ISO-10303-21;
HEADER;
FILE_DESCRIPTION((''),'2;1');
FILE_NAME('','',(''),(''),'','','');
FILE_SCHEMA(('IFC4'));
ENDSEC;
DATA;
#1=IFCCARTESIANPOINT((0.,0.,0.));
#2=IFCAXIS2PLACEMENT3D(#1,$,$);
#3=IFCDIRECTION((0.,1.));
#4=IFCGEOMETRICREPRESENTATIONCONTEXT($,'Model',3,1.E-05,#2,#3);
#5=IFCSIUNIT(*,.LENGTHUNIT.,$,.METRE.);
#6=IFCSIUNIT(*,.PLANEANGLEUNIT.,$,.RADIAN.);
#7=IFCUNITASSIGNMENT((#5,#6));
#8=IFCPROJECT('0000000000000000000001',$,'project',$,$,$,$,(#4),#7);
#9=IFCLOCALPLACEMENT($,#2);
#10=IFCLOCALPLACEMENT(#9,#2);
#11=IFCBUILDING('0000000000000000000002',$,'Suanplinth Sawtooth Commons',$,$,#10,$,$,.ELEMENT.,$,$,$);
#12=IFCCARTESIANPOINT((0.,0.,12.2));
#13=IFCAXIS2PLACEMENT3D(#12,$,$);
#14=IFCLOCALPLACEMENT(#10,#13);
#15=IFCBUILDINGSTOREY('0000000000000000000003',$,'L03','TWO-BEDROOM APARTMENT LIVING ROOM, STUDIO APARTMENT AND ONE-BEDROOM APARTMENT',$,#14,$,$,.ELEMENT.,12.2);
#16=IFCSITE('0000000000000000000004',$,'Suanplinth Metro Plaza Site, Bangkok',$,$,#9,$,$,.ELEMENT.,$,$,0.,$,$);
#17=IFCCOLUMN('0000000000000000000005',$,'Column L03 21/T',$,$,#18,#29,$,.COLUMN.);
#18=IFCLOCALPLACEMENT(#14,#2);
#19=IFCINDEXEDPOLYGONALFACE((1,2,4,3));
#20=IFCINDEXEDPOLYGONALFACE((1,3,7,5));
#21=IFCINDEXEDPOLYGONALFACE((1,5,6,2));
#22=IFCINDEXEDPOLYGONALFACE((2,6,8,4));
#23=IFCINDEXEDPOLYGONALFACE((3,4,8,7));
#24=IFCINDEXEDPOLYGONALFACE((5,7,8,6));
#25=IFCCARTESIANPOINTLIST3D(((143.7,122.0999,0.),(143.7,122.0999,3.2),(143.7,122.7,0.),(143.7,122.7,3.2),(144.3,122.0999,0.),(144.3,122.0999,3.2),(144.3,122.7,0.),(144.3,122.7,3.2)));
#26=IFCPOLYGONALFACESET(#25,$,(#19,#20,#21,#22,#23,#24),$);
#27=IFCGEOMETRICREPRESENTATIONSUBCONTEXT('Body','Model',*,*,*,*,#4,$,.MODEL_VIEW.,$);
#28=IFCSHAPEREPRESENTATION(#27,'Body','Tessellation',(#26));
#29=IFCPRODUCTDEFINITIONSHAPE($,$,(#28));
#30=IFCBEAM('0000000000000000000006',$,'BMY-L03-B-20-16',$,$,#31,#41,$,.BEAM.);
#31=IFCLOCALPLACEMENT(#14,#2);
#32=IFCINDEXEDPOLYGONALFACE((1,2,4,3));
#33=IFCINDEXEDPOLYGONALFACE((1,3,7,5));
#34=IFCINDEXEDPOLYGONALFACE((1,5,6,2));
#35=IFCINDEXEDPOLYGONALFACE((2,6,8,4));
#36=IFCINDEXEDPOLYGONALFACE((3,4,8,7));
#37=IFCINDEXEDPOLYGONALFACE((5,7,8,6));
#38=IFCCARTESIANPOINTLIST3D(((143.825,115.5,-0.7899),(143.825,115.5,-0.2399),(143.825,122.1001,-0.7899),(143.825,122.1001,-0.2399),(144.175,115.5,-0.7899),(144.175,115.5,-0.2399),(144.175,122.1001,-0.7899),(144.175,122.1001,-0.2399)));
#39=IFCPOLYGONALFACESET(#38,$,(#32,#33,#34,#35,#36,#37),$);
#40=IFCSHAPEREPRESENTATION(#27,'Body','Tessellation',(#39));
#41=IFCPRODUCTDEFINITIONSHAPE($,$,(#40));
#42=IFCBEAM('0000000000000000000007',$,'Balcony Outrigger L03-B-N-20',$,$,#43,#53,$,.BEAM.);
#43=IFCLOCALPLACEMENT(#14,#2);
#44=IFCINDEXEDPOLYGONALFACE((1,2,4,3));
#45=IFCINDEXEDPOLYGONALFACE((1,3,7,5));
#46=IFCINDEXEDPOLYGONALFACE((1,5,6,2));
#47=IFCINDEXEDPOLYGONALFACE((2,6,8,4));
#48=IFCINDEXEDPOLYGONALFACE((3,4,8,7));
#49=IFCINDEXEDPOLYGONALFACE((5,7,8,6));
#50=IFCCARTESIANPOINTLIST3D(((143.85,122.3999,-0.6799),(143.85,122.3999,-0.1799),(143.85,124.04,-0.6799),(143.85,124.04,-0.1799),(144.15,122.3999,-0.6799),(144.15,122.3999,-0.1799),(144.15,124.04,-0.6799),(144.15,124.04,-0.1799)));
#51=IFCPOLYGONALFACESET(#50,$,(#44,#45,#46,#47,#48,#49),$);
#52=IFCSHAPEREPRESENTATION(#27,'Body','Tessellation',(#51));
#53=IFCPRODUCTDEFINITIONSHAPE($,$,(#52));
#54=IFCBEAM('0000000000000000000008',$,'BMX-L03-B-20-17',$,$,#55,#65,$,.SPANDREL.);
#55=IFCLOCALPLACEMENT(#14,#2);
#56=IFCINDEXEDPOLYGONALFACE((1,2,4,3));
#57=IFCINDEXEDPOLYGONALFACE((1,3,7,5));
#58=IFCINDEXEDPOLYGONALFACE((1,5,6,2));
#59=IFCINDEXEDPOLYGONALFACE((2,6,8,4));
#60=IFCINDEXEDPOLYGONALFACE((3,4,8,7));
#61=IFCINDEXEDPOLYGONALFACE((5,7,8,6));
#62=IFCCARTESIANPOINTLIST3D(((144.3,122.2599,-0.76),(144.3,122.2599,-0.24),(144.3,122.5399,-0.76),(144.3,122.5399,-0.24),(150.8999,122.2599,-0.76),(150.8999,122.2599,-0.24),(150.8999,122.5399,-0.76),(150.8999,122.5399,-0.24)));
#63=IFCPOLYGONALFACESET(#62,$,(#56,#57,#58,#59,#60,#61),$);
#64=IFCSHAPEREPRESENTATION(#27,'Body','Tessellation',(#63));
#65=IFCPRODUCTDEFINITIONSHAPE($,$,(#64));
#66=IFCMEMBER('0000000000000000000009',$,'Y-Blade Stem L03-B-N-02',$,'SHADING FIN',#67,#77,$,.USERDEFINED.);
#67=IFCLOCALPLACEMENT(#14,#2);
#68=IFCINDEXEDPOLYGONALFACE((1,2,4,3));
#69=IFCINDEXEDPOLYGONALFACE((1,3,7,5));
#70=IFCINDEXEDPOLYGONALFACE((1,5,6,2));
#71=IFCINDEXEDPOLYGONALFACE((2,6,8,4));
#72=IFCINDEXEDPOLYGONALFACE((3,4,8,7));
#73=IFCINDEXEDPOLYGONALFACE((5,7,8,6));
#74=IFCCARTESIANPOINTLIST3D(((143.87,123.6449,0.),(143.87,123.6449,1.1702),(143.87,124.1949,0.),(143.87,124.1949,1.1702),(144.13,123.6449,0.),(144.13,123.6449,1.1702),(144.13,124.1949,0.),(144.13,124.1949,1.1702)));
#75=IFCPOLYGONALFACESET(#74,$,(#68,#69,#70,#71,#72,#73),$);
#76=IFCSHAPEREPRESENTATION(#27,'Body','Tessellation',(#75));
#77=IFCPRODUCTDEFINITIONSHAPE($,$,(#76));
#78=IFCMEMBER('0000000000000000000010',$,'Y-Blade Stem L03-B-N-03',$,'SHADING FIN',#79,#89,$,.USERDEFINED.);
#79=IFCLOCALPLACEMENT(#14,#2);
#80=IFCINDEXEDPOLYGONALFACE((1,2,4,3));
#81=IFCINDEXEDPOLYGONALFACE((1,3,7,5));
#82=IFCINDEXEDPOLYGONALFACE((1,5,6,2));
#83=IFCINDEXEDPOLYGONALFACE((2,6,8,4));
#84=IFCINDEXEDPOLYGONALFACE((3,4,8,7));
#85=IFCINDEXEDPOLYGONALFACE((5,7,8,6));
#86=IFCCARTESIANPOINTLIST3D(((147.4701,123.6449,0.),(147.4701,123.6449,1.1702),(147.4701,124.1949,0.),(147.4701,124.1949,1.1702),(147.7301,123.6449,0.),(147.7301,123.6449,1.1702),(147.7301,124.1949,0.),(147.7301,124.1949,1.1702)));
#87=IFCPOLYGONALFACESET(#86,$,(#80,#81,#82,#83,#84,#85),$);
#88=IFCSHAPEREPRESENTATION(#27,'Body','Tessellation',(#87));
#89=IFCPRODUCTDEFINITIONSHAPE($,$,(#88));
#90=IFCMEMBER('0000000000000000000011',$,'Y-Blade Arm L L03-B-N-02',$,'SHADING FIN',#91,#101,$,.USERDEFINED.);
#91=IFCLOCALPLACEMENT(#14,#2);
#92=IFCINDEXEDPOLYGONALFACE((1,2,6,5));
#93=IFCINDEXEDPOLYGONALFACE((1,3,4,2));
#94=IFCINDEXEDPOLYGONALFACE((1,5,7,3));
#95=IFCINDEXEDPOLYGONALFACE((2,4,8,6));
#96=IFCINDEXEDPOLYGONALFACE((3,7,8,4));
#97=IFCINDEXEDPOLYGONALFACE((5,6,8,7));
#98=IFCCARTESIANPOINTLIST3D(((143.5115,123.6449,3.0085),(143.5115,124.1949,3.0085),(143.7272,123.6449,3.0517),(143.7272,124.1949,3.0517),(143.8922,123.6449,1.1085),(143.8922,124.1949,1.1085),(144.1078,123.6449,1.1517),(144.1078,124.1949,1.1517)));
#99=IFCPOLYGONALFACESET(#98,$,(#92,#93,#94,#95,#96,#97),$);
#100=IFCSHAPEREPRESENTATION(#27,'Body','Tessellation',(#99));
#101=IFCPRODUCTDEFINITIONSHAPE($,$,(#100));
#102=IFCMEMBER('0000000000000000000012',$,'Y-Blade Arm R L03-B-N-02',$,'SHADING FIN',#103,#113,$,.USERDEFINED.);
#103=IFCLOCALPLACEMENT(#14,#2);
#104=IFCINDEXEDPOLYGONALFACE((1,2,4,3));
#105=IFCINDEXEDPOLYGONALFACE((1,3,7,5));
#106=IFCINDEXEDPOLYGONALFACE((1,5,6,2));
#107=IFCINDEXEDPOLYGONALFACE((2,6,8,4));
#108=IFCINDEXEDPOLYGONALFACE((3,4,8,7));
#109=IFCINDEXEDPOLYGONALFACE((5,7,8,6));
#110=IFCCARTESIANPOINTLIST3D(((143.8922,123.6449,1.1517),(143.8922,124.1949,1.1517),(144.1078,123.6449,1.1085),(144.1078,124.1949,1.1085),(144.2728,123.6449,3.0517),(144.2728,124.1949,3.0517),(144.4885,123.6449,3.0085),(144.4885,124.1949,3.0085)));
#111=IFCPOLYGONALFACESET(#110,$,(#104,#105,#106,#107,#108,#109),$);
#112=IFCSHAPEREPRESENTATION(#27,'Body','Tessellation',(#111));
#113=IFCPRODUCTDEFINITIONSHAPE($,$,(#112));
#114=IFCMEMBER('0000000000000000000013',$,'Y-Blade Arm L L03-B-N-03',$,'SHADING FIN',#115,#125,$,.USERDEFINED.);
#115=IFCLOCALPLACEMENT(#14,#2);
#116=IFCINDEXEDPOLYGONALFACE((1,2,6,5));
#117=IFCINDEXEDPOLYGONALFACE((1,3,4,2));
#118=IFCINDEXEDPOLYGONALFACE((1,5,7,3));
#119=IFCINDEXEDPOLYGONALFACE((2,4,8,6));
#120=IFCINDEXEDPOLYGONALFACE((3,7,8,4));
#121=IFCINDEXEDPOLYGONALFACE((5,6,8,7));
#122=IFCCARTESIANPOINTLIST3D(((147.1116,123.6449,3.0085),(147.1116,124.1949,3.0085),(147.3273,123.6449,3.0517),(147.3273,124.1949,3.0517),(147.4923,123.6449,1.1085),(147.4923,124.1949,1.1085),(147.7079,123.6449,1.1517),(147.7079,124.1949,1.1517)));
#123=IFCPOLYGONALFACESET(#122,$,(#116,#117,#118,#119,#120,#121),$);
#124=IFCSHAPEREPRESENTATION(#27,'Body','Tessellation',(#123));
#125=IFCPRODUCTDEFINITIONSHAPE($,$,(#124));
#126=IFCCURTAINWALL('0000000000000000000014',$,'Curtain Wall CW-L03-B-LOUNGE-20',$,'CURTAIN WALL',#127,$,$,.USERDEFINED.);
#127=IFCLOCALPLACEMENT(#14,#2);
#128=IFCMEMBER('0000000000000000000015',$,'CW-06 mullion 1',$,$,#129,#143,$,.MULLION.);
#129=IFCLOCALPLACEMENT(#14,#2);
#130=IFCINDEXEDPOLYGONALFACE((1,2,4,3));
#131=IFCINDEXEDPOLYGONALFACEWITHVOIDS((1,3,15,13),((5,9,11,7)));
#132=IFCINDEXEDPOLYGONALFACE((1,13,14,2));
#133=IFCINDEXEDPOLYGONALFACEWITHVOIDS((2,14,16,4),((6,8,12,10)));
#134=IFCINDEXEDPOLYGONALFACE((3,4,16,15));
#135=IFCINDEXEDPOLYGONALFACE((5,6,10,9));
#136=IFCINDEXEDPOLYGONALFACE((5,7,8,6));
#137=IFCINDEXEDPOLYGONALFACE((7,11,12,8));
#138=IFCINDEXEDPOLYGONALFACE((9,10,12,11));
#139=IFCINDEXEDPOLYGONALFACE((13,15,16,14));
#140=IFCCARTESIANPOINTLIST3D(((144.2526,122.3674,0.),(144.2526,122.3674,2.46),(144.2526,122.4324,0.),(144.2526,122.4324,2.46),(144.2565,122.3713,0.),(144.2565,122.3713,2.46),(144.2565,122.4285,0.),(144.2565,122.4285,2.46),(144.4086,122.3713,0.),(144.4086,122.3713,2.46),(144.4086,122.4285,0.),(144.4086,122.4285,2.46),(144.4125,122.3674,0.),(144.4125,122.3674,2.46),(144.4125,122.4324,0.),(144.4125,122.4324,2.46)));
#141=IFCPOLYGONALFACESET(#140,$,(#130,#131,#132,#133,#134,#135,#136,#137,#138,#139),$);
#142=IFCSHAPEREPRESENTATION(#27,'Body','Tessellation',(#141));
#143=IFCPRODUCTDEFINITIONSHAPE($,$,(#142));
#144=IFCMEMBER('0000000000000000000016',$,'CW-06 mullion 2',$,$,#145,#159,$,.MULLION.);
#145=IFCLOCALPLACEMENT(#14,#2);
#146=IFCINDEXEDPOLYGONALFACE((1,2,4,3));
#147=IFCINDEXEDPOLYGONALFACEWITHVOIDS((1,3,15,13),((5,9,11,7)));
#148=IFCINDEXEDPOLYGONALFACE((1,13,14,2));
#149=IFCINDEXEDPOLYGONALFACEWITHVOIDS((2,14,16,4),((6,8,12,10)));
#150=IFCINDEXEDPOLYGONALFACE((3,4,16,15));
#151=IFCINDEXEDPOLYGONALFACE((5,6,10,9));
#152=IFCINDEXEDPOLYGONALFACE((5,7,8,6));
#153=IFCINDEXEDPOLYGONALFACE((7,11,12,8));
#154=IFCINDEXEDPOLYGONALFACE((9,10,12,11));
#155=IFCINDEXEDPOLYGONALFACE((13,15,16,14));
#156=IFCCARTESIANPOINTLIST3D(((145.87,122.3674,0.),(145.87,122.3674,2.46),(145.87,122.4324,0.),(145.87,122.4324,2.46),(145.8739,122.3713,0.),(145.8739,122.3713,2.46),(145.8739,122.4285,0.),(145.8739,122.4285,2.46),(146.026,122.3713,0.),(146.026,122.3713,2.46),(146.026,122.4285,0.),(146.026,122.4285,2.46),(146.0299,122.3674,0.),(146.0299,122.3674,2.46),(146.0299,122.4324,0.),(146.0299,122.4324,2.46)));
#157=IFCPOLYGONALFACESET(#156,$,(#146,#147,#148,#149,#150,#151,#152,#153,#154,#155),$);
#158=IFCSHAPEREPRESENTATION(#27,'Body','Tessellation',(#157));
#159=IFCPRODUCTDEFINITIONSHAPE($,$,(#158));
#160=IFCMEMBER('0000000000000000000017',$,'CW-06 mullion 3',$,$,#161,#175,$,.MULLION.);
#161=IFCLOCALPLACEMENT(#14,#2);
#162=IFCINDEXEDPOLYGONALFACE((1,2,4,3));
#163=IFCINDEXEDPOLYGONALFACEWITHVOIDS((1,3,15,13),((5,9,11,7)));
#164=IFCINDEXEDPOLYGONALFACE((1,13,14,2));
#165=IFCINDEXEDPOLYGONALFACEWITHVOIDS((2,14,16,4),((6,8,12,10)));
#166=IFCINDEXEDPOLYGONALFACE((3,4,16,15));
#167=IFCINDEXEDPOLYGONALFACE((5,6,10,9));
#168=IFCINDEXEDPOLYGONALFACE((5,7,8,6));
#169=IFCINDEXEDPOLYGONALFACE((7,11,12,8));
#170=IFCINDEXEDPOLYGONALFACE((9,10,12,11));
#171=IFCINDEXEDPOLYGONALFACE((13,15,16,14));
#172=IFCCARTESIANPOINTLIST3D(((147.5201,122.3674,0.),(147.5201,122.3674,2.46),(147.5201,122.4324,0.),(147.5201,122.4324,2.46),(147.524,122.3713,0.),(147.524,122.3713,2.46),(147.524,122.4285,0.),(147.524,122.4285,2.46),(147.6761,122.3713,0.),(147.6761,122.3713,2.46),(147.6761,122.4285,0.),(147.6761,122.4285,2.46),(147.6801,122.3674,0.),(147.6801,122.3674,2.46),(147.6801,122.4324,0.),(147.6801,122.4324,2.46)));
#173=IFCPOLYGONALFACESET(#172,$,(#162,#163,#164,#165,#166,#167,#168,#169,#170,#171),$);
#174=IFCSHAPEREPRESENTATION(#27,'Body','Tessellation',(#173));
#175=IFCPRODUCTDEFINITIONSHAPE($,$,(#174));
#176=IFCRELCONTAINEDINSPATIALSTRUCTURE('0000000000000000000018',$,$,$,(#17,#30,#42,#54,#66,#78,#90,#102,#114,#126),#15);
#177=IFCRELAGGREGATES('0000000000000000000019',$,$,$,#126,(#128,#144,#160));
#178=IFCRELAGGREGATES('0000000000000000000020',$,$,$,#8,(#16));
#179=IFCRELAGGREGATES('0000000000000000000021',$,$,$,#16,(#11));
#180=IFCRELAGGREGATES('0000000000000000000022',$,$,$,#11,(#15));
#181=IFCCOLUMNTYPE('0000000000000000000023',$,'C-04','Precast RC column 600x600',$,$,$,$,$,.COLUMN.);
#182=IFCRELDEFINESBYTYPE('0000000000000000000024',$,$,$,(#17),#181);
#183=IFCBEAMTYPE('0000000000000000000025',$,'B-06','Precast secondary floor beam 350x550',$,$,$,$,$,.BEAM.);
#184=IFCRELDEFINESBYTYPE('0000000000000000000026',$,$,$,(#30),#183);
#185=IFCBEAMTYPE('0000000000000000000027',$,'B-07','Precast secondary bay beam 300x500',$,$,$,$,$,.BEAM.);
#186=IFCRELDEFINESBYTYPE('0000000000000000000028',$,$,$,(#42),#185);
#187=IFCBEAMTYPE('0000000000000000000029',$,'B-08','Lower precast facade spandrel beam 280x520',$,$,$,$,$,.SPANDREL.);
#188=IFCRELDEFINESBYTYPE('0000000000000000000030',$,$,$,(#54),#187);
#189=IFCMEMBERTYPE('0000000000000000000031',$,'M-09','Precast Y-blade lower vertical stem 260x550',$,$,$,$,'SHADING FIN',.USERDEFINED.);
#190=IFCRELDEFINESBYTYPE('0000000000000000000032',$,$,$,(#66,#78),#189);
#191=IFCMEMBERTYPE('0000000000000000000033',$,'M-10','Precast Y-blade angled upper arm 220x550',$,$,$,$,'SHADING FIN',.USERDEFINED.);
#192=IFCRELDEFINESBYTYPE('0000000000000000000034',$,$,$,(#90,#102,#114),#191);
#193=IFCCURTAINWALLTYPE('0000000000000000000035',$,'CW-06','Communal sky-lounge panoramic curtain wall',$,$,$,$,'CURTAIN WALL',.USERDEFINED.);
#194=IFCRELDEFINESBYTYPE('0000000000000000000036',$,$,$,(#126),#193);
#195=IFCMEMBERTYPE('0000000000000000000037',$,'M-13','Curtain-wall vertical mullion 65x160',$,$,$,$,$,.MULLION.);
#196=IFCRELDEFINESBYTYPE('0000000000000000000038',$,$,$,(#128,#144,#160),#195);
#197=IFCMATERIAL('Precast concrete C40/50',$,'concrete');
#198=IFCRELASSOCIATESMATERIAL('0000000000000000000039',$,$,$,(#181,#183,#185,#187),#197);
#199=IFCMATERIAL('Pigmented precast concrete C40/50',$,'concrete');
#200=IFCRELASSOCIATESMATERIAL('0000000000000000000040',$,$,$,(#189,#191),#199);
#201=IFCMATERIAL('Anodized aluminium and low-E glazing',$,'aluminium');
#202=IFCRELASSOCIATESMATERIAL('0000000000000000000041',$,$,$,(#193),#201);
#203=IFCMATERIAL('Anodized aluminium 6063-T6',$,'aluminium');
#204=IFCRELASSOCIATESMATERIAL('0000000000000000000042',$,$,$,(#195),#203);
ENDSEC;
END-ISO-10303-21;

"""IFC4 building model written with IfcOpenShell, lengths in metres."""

from ifc_helpers import new_model, si_unit, direction, frame, origin, origin_2d, place, context, subcontext, project, spatial, rectangle, hollow_rectangle, extrude, material, material_profile, profile_set, type_object, element, aggregate, save


model = new_model("IFC4")

# Units and contexts
model_context = context("Model", 3, precision=1e-05, world=origin(), true_north=direction((0.0, 1.0)))
body_context = subcontext(model_context, "Body", "Model", "MODEL_VIEW")
ifc_project = project(units=[si_unit("LENGTHUNIT", "METRE"), si_unit("PLANEANGLEUNIT", "RADIAN")], contexts=[model_context])

# Site, building, storey
site_placement = place(None, origin())
site = spatial("IfcSite", under=ifc_project, at=site_placement, Name="Suanplinth Metro Plaza Site, Bangkok", CompositionType="ELEMENT", RefElevation=0.0)
building_placement = place(site_placement, origin())
building = spatial("IfcBuilding", under=site, at=building_placement, Name="Suanplinth Sawtooth Commons", CompositionType="ELEMENT")
storey_placement = place(building_placement, frame((0.0, 0.0, 12.2)))
storey = spatial("IfcBuildingStorey", under=building, at=storey_placement, Name="L03", Description="TWO-BEDROOM APARTMENT LIVING ROOM, STUDIO APARTMENT AND ONE-BEDROOM APARTMENT", CompositionType="ELEMENT", Elevation=12.2)

# Column
ifc_material_1 = material(Name="Precast concrete C40/50", Category="concrete")
ifc_material_profile_1 = material_profile(ifc_material_1, rectangle(XDim=0.6001, YDim=0.6001, at=origin_2d()), Name="PC-COL 600x600")
ifc_profile_set_1 = profile_set([ifc_material_profile_1], Name="Precast concrete C40/50")
column_type = type_object("IfcColumnType", Name="C-04", Description="Precast RC column 600x600", PredefinedType="COLUMN", material=ifc_profile_set_1)
column_placement = place(storey_placement, frame((144.0, 122.3999, 0.0), z_axis=(0.0, 0.0, 1.0), x_axis=(1.0, 0.0, 0.0)))
element("IfcColumn", 1, at=column_placement, inside=storey, type_object=column_type, Name="Column L03 21/T", PredefinedType="COLUMN", context=body_context, shape_type="SweptSolid", body=[
    extrude(rectangle(XDim=0.6001, YDim=0.6001, at=origin_2d()), origin(), (0.0, 0.0, 1.0), 3.2),
])

# Beams
ifc_material_profile_2 = material_profile(ifc_material_1, rectangle(XDim=0.3501, YDim=0.55, at=origin_2d()), Name="PC-BM 350x550")
ifc_profile_set_2 = profile_set([ifc_material_profile_2], Name="Precast concrete C40/50")
beam_type_1 = type_object("IfcBeamType", Name="B-06", Description="Precast secondary floor beam 350x550", PredefinedType="BEAM", material=ifc_profile_set_2)
beam_1_placement = place(storey_placement, frame((144.0, 115.5, -0.5149), z_axis=(0.0, 1.0, 0.0), x_axis=(-1.0, 0.0, 0.0)))
element("IfcBeam", 2, at=beam_1_placement, inside=storey, type_object=beam_type_1, Name="BMY-L03-B-20-16", PredefinedType="BEAM", context=body_context, shape_type="SweptSolid", body=[
    extrude(rectangle(XDim=0.3501, YDim=0.55, at=origin_2d()), origin(), (0.0, 0.0, 1.0), 6.6001),
])
ifc_material_profile_3 = material_profile(ifc_material_1, rectangle(XDim=0.3, YDim=0.5, at=origin_2d()), Name="PC-BM 300x500")
ifc_profile_set_3 = profile_set([ifc_material_profile_3], Name="Precast concrete C40/50")
beam_type_2 = type_object("IfcBeamType", Name="B-07", Description="Precast secondary bay beam 300x500", PredefinedType="BEAM", material=ifc_profile_set_3)
beam_2_placement = place(storey_placement, frame((144.0, 122.3999, -0.4299), z_axis=(0.0, 1.0, 0.0), x_axis=(-1.0, 0.0, 0.0)))
element("IfcBeam", 3, at=beam_2_placement, inside=storey, type_object=beam_type_2, Name="Balcony Outrigger L03-B-N-20", PredefinedType="BEAM", context=body_context, shape_type="SweptSolid", body=[
    extrude(rectangle(XDim=0.3, YDim=0.5, at=origin_2d()), origin(), (0.0, 0.0, 1.0), 1.6401),
])
ifc_material_profile_4 = material_profile(ifc_material_1, rectangle(XDim=0.28, YDim=0.52, at=origin_2d()), Name="PC-SP 280x520")
ifc_profile_set_4 = profile_set([ifc_material_profile_4], Name="Precast concrete C40/50")
beam_type_3 = type_object("IfcBeamType", Name="B-08", Description="Lower precast facade spandrel beam 280x520", PredefinedType="SPANDREL", material=ifc_profile_set_4)
beam_3_placement = place(storey_placement, frame((144.3, 122.3999, -0.5), z_axis=(1.0, 0.0, 0.0), x_axis=(0.0, 1.0, 0.0)))
element("IfcBeam", 4, at=beam_3_placement, inside=storey, type_object=beam_type_3, Name="BMX-L03-B-20-17", PredefinedType="SPANDREL", context=body_context, shape_type="SweptSolid", body=[
    extrude(rectangle(XDim=0.28, YDim=0.52, at=origin_2d()), origin(), (0.0, 0.0, 1.0), 6.5999),
])

# Members
ifc_material_2 = material(Name="Pigmented precast concrete C40/50", Category="concrete")
ifc_material_profile_5 = material_profile(ifc_material_2, rectangle(XDim=0.26, YDim=0.55, at=origin_2d()), Name="PC-FIN 260x550")
ifc_profile_set_5 = profile_set([ifc_material_profile_5], Name="Pigmented precast concrete C40/50")
member_type_1 = type_object("IfcMemberType", Name="M-09", Description="Precast Y-blade lower vertical stem 260x550", ElementType="SHADING FIN", PredefinedType="USERDEFINED", material=ifc_profile_set_5)
for number, where, z_axis, x_axis, name in (
    (5, (144.0, 123.9199, 0.0), (0.0, 0.0, 1.0), (1.0, 0.0, 0.0), "Y-Blade Stem L03-B-N-02"),
    (6, (147.6001, 123.9199, 0.0), (0.0, 0.0, 1.0), (1.0, 0.0, 0.0), "Y-Blade Stem L03-B-N-03"),
):
    element("IfcMember", number, at=place(storey_placement, frame(where, z_axis=z_axis, x_axis=x_axis)), inside=storey, type_object=member_type_1, Name=name, ObjectType="SHADING FIN", PredefinedType="USERDEFINED", context=body_context, shape_type="SweptSolid", body=[
        extrude(rectangle(XDim=0.26, YDim=0.55, at=origin_2d()), origin(), (0.0, 0.0, 1.0), 1.1702),
    ])
ifc_material_profile_6 = material_profile(ifc_material_2, rectangle(XDim=0.22, YDim=0.55, at=origin_2d()), Name="PC-FIN 220x550")
ifc_profile_set_6 = profile_set([ifc_material_profile_6], Name="Pigmented precast concrete C40/50")
member_type_2 = type_object("IfcMemberType", Name="M-10", Description="Precast Y-blade angled upper arm 220x550", ElementType="SHADING FIN", PredefinedType="USERDEFINED", material=ifc_profile_set_6)
for number, where, z_axis, x_axis, name in (
    (7, (144.0, 123.9199, 1.1301), (-0.196431, 0.0, 0.980518), (0.980518, 0.0, 0.196431), "Y-Blade Arm L L03-B-N-02"),
    (8, (144.0, 123.9199, 1.1301), (0.196431, 0.0, 0.980518), (-0.980518, 0.0, 0.196431), "Y-Blade Arm R L03-B-N-02"),
    (9, (147.6001, 123.9199, 1.1301), (-0.196431, 0.0, 0.980518), (0.980518, 0.0, 0.196431), "Y-Blade Arm L L03-B-N-03"),
):
    element("IfcMember", number, at=place(storey_placement, frame(where, z_axis=z_axis, x_axis=x_axis)), inside=storey, type_object=member_type_2, Name=name, ObjectType="SHADING FIN", PredefinedType="USERDEFINED", context=body_context, shape_type="SweptSolid", body=[
        extrude(rectangle(XDim=0.22, YDim=0.55, at=origin_2d()), origin(), (0.0, 0.0, 1.0), 1.9377),
    ])

# Curtain wall, members
ifc_material_3 = material(Name="Anodized aluminium and low-E glazing", Category="aluminium")
curtain_wall_type = type_object("IfcCurtainWallType", Name="CW-06", Description="Communal sky-lounge panoramic curtain wall", ElementType="CURTAIN WALL", PredefinedType="USERDEFINED", material=ifc_material_3)
curtain_wall_placement = place(storey_placement, origin())
curtain_wall = element("IfcCurtainWall", 10, at=curtain_wall_placement, inside=storey, type_object=curtain_wall_type, Name="Curtain Wall CW-L03-B-LOUNGE-20", ObjectType="CURTAIN WALL", PredefinedType="USERDEFINED")
ifc_material_4 = material(Name="Anodized aluminium 6063-T6", Category="aluminium")
ifc_material_profile_7 = material_profile(ifc_material_4, hollow_rectangle(XDim=0.0649, YDim=0.1599, WallThickness=0.0039, at=origin_2d()), Name="ALU-MUL 65x160")
ifc_profile_set_7 = profile_set([ifc_material_profile_7], Name="Anodized aluminium 6063-T6")
member_type_3 = type_object("IfcMemberType", Name="M-13", Description="Curtain-wall vertical mullion 65x160", PredefinedType="MULLION", material=ifc_profile_set_7)
member_1_placement = place(storey_placement, frame((144.3325, 122.3999, 0.0), z_axis=(0.0, 0.0, 1.0), x_axis=(0.0, 1.0, 0.0)))
member_1 = element("IfcMember", 11, at=member_1_placement, type_object=member_type_3, Name="CW-06 mullion 1", PredefinedType="MULLION", context=body_context, shape_type="SweptSolid", body=[
    extrude(hollow_rectangle(XDim=0.0649, YDim=0.1599, WallThickness=0.0039, at=origin_2d()), origin(), (0.0, 0.0, 1.0), 2.46),
])
member_2_placement = place(storey_placement, frame((145.95, 122.3999, 0.0), z_axis=(0.0, 0.0, 1.0), x_axis=(0.0, 1.0, 0.0)))
member_2 = element("IfcMember", 12, at=member_2_placement, type_object=member_type_3, Name="CW-06 mullion 2", PredefinedType="MULLION", context=body_context, shape_type="SweptSolid", body=[
    extrude(hollow_rectangle(XDim=0.0649, YDim=0.1599, WallThickness=0.0039, at=origin_2d()), origin(), (0.0, 0.0, 1.0), 2.46),
])
member_3_placement = place(storey_placement, frame((147.6001, 122.3999, 0.0), z_axis=(0.0, 0.0, 1.0), x_axis=(0.0, 1.0, 0.0)))
member_3 = element("IfcMember", 13, at=member_3_placement, type_object=member_type_3, Name="CW-06 mullion 3", PredefinedType="MULLION", context=body_context, shape_type="SweptSolid", body=[
    extrude(hollow_rectangle(XDim=0.0649, YDim=0.1599, WallThickness=0.0039, at=origin_2d()), origin(), (0.0, 0.0, 1.0), 2.46),
])

aggregate(curtain_wall, [member_1, member_2, member_3])

save(model, "model.ifc")
